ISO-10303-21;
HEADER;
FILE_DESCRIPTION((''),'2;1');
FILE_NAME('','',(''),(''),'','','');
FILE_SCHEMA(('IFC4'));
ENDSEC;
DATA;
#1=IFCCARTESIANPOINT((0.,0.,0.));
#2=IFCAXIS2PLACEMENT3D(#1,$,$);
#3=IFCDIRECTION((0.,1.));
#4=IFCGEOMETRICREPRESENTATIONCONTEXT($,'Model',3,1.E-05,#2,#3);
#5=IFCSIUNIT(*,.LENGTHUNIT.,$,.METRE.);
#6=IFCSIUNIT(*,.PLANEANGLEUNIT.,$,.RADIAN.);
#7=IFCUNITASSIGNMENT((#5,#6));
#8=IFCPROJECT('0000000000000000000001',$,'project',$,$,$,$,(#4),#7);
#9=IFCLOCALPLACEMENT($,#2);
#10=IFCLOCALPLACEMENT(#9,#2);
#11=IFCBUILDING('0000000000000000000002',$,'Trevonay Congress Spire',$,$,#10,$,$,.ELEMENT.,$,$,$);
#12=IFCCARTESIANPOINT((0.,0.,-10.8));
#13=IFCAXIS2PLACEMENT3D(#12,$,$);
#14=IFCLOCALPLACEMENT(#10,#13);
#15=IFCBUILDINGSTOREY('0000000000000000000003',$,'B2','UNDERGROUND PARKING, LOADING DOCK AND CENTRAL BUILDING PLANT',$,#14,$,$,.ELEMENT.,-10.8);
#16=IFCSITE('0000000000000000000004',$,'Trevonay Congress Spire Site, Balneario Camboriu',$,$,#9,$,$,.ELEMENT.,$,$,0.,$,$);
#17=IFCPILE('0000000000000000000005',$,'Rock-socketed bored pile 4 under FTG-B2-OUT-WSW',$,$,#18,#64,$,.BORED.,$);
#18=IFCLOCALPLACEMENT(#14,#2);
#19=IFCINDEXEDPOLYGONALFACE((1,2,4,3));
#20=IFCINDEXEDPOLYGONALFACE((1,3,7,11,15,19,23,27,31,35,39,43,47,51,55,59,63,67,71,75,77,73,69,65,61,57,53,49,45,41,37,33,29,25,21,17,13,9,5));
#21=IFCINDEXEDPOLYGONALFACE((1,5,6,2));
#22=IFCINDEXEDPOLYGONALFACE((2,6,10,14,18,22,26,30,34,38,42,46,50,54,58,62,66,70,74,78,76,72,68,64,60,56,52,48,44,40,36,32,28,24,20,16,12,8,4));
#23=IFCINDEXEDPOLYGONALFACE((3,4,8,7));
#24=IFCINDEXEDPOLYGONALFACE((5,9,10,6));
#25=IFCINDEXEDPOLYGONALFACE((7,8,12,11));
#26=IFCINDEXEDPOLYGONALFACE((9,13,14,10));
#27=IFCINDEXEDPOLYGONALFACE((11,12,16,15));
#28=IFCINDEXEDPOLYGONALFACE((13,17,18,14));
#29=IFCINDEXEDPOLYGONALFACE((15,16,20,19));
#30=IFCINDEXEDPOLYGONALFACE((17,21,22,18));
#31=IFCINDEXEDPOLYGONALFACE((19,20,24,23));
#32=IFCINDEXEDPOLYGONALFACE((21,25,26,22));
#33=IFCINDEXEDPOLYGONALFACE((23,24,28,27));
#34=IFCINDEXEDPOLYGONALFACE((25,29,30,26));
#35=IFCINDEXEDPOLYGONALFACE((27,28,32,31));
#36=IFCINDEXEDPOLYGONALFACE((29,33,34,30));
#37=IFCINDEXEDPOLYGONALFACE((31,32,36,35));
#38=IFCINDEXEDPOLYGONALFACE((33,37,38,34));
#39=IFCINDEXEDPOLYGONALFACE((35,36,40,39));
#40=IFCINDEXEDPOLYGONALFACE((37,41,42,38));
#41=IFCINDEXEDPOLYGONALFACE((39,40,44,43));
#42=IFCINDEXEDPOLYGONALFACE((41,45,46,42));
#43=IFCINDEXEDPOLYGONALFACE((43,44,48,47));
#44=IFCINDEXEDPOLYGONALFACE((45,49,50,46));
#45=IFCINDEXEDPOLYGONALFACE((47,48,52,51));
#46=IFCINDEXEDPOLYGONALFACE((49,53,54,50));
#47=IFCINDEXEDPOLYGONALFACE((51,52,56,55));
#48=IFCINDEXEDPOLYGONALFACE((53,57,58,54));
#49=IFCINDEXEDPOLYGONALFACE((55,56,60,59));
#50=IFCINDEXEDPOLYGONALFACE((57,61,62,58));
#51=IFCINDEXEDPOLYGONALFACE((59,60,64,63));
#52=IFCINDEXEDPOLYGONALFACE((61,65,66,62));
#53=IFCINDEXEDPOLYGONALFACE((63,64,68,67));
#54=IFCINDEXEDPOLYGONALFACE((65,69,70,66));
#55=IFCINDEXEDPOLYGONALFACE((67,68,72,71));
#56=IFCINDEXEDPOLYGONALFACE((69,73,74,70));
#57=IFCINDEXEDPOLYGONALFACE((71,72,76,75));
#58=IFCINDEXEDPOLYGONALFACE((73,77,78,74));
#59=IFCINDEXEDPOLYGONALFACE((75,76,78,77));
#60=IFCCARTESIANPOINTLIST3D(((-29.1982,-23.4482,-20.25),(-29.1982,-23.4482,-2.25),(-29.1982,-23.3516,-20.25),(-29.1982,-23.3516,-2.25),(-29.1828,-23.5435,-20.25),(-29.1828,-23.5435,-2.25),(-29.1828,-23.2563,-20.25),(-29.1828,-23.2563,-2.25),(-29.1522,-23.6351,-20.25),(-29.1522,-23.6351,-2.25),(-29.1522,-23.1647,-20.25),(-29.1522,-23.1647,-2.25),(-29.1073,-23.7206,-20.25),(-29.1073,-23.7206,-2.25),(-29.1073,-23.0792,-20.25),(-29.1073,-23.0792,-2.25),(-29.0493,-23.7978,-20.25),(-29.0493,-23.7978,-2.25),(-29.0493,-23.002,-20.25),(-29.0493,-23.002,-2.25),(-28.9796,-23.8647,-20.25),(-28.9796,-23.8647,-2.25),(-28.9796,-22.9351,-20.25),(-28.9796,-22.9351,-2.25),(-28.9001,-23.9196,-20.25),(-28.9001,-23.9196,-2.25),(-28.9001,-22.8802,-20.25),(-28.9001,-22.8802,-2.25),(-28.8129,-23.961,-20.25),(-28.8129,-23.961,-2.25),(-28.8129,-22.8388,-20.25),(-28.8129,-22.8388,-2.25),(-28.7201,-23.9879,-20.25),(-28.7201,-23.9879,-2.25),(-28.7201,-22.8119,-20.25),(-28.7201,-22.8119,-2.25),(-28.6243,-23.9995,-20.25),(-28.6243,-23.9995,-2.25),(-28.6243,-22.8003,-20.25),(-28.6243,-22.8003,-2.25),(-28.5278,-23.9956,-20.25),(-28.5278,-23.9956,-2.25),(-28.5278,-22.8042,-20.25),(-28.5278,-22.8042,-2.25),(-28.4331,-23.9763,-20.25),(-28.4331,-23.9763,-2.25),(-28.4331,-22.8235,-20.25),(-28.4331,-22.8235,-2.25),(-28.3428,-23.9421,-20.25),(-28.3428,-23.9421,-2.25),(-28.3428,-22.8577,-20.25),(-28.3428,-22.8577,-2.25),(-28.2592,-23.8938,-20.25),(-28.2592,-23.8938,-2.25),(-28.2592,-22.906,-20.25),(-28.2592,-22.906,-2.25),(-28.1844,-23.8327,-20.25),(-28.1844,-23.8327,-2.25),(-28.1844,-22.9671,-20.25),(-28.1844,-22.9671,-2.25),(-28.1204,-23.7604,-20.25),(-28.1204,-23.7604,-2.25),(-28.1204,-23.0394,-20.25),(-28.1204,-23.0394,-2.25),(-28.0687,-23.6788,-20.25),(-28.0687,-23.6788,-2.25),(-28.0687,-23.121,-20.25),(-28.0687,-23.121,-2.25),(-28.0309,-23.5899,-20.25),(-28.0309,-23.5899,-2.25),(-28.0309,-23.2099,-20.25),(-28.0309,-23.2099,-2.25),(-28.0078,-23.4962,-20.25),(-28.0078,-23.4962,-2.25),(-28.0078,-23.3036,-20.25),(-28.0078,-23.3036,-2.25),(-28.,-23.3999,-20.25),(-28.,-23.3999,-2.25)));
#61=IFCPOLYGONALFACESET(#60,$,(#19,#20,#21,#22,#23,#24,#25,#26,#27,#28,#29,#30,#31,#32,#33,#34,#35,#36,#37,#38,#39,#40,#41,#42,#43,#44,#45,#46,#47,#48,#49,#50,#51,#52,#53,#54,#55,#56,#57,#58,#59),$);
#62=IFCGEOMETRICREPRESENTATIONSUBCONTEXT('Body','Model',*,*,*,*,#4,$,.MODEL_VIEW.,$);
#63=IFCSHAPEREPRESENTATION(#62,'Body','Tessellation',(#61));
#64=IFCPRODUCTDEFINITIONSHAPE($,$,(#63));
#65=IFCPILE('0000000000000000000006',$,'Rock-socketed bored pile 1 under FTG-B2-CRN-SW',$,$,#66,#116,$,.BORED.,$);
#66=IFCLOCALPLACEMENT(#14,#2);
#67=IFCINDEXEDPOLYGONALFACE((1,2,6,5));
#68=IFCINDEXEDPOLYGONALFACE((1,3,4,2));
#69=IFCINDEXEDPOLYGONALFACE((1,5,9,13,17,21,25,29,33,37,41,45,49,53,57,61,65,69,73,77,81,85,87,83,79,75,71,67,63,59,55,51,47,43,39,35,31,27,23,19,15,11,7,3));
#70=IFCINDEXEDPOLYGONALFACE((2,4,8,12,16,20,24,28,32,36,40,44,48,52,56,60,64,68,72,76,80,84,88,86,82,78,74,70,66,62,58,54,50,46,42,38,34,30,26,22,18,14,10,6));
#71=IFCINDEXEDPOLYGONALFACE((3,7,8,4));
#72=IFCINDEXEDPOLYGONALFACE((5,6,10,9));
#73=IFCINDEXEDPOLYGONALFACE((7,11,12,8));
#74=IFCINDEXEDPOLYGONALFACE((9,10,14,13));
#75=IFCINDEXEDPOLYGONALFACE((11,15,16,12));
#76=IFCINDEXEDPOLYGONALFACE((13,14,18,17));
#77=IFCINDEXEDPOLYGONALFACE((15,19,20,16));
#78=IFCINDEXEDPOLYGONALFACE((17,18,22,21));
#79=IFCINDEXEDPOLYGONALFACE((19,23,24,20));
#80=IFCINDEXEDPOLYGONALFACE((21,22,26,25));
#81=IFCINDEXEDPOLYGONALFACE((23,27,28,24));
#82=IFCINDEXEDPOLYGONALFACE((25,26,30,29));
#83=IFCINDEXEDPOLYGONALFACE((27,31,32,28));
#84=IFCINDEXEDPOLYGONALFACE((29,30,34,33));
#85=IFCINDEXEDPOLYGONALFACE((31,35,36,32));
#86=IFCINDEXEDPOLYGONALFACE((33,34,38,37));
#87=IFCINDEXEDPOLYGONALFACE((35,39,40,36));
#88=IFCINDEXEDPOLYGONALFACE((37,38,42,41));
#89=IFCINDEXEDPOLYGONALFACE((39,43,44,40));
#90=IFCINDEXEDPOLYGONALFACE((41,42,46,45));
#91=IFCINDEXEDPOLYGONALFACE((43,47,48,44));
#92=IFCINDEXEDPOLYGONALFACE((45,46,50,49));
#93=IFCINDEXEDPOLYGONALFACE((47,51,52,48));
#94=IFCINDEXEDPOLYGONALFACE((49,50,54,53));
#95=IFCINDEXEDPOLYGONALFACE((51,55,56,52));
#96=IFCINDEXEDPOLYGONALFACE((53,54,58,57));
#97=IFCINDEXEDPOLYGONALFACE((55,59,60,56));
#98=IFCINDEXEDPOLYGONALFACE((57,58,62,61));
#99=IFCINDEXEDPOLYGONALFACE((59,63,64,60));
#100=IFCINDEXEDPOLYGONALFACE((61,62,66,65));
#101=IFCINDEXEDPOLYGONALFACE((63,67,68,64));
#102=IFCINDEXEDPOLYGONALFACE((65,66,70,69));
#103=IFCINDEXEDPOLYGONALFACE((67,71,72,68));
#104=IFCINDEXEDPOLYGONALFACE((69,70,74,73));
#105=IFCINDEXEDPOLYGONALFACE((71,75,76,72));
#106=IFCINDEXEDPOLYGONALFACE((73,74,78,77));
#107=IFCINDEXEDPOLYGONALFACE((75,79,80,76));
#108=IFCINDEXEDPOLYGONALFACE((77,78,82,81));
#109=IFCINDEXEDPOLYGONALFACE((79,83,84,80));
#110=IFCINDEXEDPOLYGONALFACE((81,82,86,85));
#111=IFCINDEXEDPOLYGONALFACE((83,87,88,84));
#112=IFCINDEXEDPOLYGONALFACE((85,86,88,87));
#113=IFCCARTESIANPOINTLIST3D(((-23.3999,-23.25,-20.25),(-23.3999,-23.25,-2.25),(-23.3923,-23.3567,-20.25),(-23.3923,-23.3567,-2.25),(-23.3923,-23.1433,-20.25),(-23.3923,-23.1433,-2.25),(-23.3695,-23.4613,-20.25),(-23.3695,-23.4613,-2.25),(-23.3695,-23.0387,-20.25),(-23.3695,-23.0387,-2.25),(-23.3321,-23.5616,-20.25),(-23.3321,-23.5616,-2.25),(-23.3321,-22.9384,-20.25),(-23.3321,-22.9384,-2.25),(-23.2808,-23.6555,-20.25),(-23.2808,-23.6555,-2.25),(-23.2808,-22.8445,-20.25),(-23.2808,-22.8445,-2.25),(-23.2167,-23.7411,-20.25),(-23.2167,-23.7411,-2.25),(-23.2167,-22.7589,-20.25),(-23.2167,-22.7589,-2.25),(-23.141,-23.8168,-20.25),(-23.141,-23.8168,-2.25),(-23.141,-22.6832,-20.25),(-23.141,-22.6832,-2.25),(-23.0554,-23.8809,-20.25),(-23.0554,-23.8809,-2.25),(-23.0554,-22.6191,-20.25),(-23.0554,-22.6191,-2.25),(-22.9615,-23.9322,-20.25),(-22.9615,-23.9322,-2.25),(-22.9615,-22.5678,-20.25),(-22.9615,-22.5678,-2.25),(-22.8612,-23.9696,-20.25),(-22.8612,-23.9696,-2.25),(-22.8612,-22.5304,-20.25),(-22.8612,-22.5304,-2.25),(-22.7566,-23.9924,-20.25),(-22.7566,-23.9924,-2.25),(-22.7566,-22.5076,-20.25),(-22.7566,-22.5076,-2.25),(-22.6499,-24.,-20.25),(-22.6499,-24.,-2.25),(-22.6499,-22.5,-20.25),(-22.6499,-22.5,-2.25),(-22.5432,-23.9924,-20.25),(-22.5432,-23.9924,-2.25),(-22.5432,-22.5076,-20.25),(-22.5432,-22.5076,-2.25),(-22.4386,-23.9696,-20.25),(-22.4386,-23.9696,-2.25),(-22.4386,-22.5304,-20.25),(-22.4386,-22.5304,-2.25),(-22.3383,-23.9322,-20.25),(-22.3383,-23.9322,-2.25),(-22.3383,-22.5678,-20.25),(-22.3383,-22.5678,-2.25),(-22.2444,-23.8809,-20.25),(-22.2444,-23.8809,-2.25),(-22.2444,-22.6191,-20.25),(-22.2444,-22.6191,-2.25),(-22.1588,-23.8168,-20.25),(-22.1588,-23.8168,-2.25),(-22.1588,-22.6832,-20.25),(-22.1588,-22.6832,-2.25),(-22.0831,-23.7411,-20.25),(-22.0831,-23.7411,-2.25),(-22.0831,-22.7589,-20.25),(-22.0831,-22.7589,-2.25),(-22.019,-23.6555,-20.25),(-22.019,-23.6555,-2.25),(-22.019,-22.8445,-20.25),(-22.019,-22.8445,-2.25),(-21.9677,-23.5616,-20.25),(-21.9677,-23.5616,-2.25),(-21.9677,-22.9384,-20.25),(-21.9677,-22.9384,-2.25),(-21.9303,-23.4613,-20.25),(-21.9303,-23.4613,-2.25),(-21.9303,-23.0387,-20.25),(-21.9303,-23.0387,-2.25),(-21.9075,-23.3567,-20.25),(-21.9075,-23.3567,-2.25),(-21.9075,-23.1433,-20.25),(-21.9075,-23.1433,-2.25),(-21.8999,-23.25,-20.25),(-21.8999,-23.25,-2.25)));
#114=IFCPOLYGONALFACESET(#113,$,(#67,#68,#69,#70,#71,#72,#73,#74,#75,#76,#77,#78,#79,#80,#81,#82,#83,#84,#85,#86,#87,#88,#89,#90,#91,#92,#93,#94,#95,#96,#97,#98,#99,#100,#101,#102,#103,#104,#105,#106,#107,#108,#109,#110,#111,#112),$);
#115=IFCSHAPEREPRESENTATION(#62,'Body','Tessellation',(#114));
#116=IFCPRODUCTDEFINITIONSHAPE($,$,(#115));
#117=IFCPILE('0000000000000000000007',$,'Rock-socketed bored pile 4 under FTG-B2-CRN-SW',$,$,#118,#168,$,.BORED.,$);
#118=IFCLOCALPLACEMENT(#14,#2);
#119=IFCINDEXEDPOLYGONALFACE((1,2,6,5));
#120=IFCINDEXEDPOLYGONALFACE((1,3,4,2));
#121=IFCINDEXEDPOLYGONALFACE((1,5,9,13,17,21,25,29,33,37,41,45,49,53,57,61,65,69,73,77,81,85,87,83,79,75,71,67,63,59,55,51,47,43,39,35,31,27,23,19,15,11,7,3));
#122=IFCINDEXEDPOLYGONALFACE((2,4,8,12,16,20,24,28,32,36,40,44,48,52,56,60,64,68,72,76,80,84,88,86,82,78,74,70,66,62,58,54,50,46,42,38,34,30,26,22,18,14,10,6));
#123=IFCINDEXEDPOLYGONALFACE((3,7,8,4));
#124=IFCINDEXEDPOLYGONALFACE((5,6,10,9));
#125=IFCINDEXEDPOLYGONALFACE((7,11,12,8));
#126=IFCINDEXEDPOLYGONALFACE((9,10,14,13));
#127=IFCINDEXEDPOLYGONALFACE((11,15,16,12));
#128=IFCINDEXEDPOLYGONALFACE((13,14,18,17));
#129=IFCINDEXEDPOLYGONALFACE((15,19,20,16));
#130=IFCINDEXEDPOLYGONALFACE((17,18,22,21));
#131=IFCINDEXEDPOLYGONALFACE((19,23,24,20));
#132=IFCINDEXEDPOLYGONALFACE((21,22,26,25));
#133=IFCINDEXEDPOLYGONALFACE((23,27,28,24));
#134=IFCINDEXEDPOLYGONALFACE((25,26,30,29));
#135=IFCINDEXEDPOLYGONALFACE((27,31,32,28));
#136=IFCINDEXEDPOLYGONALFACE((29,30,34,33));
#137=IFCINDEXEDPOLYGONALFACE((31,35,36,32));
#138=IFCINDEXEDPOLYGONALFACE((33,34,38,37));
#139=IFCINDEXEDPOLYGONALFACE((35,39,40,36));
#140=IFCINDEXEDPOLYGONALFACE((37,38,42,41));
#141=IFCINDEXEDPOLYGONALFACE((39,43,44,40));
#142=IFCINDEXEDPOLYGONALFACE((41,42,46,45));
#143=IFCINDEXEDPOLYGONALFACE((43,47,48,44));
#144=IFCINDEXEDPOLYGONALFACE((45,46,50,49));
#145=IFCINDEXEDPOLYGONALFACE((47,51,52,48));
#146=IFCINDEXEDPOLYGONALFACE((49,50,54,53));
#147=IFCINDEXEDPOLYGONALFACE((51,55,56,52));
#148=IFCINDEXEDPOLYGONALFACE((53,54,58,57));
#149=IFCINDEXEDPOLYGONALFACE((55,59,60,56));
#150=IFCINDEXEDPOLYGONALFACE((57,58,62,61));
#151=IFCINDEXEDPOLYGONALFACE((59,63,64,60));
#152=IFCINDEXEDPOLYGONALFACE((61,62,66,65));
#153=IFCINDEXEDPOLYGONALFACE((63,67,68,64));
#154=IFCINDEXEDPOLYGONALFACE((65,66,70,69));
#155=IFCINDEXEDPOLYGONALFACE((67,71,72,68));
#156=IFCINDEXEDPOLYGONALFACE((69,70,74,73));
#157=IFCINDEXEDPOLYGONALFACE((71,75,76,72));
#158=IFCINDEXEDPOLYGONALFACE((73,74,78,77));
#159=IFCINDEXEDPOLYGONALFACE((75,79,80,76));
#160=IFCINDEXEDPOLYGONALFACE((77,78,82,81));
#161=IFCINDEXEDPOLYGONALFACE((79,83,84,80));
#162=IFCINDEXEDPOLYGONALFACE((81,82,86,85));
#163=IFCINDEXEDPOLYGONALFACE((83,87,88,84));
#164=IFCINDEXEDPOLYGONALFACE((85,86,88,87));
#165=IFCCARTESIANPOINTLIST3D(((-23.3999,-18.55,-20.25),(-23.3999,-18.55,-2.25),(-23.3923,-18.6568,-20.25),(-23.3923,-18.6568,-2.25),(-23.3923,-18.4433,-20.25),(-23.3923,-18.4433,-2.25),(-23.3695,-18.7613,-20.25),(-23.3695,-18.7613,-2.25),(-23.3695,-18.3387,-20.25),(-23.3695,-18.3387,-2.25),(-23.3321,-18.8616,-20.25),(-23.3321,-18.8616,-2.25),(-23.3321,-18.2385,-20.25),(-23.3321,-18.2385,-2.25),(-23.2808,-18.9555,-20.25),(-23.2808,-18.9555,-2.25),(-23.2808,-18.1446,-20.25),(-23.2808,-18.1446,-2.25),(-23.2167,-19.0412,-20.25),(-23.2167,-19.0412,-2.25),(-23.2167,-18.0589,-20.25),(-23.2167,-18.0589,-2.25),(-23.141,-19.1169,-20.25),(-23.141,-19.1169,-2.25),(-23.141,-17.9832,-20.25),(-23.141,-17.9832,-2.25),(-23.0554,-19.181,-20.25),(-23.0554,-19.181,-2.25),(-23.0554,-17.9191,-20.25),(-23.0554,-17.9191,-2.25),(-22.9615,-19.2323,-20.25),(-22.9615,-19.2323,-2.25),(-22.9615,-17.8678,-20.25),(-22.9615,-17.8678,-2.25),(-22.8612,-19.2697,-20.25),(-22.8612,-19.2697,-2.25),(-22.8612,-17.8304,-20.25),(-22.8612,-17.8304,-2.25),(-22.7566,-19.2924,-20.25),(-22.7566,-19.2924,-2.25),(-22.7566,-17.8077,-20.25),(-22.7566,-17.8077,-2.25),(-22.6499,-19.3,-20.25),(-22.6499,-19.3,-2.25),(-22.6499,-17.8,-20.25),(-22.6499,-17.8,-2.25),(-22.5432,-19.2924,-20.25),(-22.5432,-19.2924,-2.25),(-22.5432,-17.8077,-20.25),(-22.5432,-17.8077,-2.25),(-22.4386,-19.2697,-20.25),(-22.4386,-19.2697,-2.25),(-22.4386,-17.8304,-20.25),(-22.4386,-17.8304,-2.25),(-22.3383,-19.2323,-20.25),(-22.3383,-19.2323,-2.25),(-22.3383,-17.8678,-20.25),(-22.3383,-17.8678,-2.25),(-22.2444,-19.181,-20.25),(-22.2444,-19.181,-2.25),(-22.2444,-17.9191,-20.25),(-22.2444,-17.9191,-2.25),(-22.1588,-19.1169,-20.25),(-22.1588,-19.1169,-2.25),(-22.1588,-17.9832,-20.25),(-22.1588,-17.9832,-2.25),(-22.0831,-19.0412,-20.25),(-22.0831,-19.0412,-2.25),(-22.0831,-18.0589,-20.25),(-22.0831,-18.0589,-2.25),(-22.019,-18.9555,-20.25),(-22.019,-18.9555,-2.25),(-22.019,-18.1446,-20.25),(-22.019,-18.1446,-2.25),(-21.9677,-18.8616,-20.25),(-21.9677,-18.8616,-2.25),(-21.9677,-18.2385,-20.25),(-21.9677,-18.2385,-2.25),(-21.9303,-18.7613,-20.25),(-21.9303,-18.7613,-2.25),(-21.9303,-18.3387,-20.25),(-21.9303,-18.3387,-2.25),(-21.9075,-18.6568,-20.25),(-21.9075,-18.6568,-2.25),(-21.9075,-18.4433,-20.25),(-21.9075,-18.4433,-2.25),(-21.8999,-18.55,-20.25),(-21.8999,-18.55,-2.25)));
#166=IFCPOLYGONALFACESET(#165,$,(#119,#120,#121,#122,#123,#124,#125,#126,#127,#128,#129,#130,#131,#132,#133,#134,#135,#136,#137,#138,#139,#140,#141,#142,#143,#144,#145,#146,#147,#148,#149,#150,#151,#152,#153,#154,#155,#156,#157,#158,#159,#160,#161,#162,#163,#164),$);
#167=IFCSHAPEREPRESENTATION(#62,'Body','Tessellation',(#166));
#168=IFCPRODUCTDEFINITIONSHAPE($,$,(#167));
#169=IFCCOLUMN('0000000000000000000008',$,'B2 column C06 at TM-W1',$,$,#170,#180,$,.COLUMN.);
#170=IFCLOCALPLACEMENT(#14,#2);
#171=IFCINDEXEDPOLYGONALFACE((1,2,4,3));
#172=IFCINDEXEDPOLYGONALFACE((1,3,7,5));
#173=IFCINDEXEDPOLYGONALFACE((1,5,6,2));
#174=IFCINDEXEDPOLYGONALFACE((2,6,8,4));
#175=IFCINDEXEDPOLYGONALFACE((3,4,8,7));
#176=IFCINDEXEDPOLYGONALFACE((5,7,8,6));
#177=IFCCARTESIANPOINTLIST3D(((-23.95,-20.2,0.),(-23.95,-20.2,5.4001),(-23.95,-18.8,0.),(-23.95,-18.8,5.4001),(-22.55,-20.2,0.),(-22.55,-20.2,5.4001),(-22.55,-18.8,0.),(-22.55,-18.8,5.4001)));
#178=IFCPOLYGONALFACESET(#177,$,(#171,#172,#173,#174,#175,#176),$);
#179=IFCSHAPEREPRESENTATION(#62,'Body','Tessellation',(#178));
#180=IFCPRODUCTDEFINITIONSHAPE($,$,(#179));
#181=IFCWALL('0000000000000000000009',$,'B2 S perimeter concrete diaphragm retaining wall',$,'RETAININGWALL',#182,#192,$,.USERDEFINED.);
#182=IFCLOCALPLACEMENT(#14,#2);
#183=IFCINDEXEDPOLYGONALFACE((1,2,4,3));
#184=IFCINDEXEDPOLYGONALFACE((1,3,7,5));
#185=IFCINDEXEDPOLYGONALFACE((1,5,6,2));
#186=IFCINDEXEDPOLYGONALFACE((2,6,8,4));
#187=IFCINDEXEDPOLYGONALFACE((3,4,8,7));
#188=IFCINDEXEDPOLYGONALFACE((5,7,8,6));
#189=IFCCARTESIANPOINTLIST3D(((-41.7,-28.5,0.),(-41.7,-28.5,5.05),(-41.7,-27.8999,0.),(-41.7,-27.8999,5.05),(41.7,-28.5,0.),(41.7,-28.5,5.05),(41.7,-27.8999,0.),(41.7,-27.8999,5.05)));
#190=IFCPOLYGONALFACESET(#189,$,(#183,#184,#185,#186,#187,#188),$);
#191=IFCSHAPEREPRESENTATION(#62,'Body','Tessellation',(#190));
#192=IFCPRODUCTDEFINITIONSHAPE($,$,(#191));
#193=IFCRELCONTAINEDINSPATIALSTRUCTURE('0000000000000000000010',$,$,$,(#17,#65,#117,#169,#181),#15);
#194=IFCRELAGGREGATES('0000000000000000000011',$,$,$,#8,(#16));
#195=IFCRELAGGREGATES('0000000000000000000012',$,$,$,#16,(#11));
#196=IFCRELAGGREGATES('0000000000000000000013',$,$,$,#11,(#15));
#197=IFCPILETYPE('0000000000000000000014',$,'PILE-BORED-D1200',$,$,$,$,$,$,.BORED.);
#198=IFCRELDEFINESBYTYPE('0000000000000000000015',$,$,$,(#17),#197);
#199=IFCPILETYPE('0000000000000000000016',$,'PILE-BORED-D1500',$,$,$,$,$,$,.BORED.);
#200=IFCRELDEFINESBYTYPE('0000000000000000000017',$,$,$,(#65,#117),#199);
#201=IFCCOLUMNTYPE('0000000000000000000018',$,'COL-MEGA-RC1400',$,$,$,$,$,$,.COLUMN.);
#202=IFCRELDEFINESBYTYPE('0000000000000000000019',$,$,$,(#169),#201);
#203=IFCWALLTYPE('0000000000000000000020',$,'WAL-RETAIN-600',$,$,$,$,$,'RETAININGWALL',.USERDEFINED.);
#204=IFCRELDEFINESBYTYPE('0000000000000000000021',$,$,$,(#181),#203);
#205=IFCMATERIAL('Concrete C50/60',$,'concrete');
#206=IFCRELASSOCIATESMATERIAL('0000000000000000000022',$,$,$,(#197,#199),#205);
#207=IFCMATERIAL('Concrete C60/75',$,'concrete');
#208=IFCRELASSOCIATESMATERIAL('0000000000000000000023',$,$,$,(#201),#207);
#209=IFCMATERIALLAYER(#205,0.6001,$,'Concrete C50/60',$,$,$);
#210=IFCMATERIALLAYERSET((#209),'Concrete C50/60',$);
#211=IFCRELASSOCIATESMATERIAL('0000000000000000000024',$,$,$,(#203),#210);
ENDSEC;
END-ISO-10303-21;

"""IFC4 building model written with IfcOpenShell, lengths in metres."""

from ifc_helpers import new_model, si_unit, direction, frame, frame_2d, origin, origin_2d, place, context, subcontext, project, spatial, rectangle, circle, extrude, material, layer, layer_set, material_profile, profile_set, type_object, element, save


model = new_model("IFC4")

# Units and contexts
model_context = context("Model", 3, precision=1e-05, world=origin(), true_north=direction((0.0, 1.0)))
body_context = subcontext(model_context, "Body", "Model", "MODEL_VIEW")
ifc_project = project(units=[si_unit("LENGTHUNIT", "METRE"), si_unit("PLANEANGLEUNIT", "RADIAN")], contexts=[model_context])

# Site, building, storey
site_placement = place(None, origin())
site = spatial("IfcSite", under=ifc_project, at=site_placement, Name="Trevonay Congress Spire Site, Balneario Camboriu", CompositionType="ELEMENT", RefElevation=0.0)
building_placement = place(site_placement, origin())
building = spatial("IfcBuilding", under=site, at=building_placement, Name="Trevonay Congress Spire", CompositionType="ELEMENT")
storey_placement = place(building_placement, frame((0.0, 0.0, -10.8)))
storey = spatial("IfcBuildingStorey", under=building, at=storey_placement, Name="B2", Description="UNDERGROUND PARKING, LOADING DOCK AND CENTRAL BUILDING PLANT", CompositionType="ELEMENT", Elevation=-10.8)

# Shared definitions
ifc_material_1 = material(Name="Concrete C50/60", Category="concrete")

# Piles
ifc_material_profile_1 = material_profile(ifc_material_1, circle(Radius=0.6001, at=origin_2d()), Name="PILE D1200")
ifc_profile_set_1 = profile_set([ifc_material_profile_1], Name="Concrete C50/60")
pile_type_1 = type_object("IfcPileType", Name="PILE-BORED-D1200", PredefinedType="BORED", material=ifc_profile_set_1)
for number, where, z_axis, x_axis, name in (
    (1, (-28.6001, -23.3999, -2.25), (0.0, 0.0, -1.0), (1.0, 0.0, 0.0), "Rock-socketed bored pile 4 under FTG-B2-OUT-WSW"),
):
    element("IfcPile", number, at=place(storey_placement, frame(where, z_axis=z_axis, x_axis=x_axis)), inside=storey, type_object=pile_type_1, Name=name, PredefinedType="BORED", context=body_context, shape_type="SweptSolid", body=[
        extrude(circle(Radius=0.6001, at=origin_2d()), origin(), (0.0, 0.0, 1.0), 18.0),
    ])
ifc_material_profile_2 = material_profile(ifc_material_1, circle(Radius=0.75, at=origin_2d()), Name="PILE D1500")
ifc_profile_set_2 = profile_set([ifc_material_profile_2], Name="Concrete C50/60")
pile_type_2 = type_object("IfcPileType", Name="PILE-BORED-D1500", PredefinedType="BORED", material=ifc_profile_set_2)
for number, where, z_axis, x_axis, name in (
    (2, (-22.6499, -23.25, -2.25), (0.0, 0.0, -1.0), (1.0, 0.0, 0.0), "Rock-socketed bored pile 1 under FTG-B2-CRN-SW"),
    (3, (-22.6499, -18.55, -2.25), (0.0, 0.0, -1.0), (1.0, 0.0, 0.0), "Rock-socketed bored pile 4 under FTG-B2-CRN-SW"),
):
    element("IfcPile", number, at=place(storey_placement, frame(where, z_axis=z_axis, x_axis=x_axis)), inside=storey, type_object=pile_type_2, Name=name, PredefinedType="BORED", context=body_context, shape_type="SweptSolid", body=[
        extrude(circle(Radius=0.75, at=origin_2d()), origin(), (0.0, 0.0, 1.0), 18.0),
    ])

# Column
ifc_material_2 = material(Name="Concrete C60/75", Category="concrete")
ifc_material_profile_3 = material_profile(ifc_material_2, rectangle(XDim=1.3999, YDim=1.3999, at=origin_2d()), Name="RC 1400x1400")
ifc_profile_set_3 = profile_set([ifc_material_profile_3], Name="Concrete C60/75")
column_type = type_object("IfcColumnType", Name="COL-MEGA-RC1400", PredefinedType="COLUMN", material=ifc_profile_set_3)
column_placement = place(storey_placement, frame((-23.25, -19.5, 0.0), z_axis=(0.0, 0.0, 1.0), x_axis=(1.0, 0.0, 0.0)))
element("IfcColumn", 4, at=column_placement, inside=storey, type_object=column_type, Name="B2 column C06 at TM-W1", PredefinedType="COLUMN", context=body_context, shape_type="SweptSolid", body=[
    extrude(rectangle(XDim=1.3999, YDim=1.3999, at=origin_2d()), origin(), (0.0, 0.0, 1.0), 5.4001),
])

# Wall
ifc_layer_1 = layer(ifc_material_1, 0.6001, Name="Concrete C50/60")
ifc_layer_set_1 = layer_set([ifc_layer_1], Name="Concrete C50/60")
wall_type_1 = type_object("IfcWallType", Name="WAL-RETAIN-600", ElementType="RETAININGWALL", PredefinedType="USERDEFINED", material=ifc_layer_set_1)
wall_1_placement = place(storey_placement, frame((-41.7, -28.2, 0.0), z_axis=(0.0, 0.0, 1.0), x_axis=(1.0, 0.0, 0.0)))
element("IfcWall", 5, at=wall_1_placement, inside=storey, type_object=wall_type_1, Name="B2 S perimeter concrete diaphragm retaining wall", ObjectType="RETAININGWALL", PredefinedType="USERDEFINED", context=body_context, shape_type="SweptSolid", body=[
    extrude(rectangle(XDim=83.3999, YDim=0.6001, at=frame_2d((41.7, 0.0))), origin(), (0.0, 0.0, 1.0), 5.05),
])

save(model, "model.ifc")
